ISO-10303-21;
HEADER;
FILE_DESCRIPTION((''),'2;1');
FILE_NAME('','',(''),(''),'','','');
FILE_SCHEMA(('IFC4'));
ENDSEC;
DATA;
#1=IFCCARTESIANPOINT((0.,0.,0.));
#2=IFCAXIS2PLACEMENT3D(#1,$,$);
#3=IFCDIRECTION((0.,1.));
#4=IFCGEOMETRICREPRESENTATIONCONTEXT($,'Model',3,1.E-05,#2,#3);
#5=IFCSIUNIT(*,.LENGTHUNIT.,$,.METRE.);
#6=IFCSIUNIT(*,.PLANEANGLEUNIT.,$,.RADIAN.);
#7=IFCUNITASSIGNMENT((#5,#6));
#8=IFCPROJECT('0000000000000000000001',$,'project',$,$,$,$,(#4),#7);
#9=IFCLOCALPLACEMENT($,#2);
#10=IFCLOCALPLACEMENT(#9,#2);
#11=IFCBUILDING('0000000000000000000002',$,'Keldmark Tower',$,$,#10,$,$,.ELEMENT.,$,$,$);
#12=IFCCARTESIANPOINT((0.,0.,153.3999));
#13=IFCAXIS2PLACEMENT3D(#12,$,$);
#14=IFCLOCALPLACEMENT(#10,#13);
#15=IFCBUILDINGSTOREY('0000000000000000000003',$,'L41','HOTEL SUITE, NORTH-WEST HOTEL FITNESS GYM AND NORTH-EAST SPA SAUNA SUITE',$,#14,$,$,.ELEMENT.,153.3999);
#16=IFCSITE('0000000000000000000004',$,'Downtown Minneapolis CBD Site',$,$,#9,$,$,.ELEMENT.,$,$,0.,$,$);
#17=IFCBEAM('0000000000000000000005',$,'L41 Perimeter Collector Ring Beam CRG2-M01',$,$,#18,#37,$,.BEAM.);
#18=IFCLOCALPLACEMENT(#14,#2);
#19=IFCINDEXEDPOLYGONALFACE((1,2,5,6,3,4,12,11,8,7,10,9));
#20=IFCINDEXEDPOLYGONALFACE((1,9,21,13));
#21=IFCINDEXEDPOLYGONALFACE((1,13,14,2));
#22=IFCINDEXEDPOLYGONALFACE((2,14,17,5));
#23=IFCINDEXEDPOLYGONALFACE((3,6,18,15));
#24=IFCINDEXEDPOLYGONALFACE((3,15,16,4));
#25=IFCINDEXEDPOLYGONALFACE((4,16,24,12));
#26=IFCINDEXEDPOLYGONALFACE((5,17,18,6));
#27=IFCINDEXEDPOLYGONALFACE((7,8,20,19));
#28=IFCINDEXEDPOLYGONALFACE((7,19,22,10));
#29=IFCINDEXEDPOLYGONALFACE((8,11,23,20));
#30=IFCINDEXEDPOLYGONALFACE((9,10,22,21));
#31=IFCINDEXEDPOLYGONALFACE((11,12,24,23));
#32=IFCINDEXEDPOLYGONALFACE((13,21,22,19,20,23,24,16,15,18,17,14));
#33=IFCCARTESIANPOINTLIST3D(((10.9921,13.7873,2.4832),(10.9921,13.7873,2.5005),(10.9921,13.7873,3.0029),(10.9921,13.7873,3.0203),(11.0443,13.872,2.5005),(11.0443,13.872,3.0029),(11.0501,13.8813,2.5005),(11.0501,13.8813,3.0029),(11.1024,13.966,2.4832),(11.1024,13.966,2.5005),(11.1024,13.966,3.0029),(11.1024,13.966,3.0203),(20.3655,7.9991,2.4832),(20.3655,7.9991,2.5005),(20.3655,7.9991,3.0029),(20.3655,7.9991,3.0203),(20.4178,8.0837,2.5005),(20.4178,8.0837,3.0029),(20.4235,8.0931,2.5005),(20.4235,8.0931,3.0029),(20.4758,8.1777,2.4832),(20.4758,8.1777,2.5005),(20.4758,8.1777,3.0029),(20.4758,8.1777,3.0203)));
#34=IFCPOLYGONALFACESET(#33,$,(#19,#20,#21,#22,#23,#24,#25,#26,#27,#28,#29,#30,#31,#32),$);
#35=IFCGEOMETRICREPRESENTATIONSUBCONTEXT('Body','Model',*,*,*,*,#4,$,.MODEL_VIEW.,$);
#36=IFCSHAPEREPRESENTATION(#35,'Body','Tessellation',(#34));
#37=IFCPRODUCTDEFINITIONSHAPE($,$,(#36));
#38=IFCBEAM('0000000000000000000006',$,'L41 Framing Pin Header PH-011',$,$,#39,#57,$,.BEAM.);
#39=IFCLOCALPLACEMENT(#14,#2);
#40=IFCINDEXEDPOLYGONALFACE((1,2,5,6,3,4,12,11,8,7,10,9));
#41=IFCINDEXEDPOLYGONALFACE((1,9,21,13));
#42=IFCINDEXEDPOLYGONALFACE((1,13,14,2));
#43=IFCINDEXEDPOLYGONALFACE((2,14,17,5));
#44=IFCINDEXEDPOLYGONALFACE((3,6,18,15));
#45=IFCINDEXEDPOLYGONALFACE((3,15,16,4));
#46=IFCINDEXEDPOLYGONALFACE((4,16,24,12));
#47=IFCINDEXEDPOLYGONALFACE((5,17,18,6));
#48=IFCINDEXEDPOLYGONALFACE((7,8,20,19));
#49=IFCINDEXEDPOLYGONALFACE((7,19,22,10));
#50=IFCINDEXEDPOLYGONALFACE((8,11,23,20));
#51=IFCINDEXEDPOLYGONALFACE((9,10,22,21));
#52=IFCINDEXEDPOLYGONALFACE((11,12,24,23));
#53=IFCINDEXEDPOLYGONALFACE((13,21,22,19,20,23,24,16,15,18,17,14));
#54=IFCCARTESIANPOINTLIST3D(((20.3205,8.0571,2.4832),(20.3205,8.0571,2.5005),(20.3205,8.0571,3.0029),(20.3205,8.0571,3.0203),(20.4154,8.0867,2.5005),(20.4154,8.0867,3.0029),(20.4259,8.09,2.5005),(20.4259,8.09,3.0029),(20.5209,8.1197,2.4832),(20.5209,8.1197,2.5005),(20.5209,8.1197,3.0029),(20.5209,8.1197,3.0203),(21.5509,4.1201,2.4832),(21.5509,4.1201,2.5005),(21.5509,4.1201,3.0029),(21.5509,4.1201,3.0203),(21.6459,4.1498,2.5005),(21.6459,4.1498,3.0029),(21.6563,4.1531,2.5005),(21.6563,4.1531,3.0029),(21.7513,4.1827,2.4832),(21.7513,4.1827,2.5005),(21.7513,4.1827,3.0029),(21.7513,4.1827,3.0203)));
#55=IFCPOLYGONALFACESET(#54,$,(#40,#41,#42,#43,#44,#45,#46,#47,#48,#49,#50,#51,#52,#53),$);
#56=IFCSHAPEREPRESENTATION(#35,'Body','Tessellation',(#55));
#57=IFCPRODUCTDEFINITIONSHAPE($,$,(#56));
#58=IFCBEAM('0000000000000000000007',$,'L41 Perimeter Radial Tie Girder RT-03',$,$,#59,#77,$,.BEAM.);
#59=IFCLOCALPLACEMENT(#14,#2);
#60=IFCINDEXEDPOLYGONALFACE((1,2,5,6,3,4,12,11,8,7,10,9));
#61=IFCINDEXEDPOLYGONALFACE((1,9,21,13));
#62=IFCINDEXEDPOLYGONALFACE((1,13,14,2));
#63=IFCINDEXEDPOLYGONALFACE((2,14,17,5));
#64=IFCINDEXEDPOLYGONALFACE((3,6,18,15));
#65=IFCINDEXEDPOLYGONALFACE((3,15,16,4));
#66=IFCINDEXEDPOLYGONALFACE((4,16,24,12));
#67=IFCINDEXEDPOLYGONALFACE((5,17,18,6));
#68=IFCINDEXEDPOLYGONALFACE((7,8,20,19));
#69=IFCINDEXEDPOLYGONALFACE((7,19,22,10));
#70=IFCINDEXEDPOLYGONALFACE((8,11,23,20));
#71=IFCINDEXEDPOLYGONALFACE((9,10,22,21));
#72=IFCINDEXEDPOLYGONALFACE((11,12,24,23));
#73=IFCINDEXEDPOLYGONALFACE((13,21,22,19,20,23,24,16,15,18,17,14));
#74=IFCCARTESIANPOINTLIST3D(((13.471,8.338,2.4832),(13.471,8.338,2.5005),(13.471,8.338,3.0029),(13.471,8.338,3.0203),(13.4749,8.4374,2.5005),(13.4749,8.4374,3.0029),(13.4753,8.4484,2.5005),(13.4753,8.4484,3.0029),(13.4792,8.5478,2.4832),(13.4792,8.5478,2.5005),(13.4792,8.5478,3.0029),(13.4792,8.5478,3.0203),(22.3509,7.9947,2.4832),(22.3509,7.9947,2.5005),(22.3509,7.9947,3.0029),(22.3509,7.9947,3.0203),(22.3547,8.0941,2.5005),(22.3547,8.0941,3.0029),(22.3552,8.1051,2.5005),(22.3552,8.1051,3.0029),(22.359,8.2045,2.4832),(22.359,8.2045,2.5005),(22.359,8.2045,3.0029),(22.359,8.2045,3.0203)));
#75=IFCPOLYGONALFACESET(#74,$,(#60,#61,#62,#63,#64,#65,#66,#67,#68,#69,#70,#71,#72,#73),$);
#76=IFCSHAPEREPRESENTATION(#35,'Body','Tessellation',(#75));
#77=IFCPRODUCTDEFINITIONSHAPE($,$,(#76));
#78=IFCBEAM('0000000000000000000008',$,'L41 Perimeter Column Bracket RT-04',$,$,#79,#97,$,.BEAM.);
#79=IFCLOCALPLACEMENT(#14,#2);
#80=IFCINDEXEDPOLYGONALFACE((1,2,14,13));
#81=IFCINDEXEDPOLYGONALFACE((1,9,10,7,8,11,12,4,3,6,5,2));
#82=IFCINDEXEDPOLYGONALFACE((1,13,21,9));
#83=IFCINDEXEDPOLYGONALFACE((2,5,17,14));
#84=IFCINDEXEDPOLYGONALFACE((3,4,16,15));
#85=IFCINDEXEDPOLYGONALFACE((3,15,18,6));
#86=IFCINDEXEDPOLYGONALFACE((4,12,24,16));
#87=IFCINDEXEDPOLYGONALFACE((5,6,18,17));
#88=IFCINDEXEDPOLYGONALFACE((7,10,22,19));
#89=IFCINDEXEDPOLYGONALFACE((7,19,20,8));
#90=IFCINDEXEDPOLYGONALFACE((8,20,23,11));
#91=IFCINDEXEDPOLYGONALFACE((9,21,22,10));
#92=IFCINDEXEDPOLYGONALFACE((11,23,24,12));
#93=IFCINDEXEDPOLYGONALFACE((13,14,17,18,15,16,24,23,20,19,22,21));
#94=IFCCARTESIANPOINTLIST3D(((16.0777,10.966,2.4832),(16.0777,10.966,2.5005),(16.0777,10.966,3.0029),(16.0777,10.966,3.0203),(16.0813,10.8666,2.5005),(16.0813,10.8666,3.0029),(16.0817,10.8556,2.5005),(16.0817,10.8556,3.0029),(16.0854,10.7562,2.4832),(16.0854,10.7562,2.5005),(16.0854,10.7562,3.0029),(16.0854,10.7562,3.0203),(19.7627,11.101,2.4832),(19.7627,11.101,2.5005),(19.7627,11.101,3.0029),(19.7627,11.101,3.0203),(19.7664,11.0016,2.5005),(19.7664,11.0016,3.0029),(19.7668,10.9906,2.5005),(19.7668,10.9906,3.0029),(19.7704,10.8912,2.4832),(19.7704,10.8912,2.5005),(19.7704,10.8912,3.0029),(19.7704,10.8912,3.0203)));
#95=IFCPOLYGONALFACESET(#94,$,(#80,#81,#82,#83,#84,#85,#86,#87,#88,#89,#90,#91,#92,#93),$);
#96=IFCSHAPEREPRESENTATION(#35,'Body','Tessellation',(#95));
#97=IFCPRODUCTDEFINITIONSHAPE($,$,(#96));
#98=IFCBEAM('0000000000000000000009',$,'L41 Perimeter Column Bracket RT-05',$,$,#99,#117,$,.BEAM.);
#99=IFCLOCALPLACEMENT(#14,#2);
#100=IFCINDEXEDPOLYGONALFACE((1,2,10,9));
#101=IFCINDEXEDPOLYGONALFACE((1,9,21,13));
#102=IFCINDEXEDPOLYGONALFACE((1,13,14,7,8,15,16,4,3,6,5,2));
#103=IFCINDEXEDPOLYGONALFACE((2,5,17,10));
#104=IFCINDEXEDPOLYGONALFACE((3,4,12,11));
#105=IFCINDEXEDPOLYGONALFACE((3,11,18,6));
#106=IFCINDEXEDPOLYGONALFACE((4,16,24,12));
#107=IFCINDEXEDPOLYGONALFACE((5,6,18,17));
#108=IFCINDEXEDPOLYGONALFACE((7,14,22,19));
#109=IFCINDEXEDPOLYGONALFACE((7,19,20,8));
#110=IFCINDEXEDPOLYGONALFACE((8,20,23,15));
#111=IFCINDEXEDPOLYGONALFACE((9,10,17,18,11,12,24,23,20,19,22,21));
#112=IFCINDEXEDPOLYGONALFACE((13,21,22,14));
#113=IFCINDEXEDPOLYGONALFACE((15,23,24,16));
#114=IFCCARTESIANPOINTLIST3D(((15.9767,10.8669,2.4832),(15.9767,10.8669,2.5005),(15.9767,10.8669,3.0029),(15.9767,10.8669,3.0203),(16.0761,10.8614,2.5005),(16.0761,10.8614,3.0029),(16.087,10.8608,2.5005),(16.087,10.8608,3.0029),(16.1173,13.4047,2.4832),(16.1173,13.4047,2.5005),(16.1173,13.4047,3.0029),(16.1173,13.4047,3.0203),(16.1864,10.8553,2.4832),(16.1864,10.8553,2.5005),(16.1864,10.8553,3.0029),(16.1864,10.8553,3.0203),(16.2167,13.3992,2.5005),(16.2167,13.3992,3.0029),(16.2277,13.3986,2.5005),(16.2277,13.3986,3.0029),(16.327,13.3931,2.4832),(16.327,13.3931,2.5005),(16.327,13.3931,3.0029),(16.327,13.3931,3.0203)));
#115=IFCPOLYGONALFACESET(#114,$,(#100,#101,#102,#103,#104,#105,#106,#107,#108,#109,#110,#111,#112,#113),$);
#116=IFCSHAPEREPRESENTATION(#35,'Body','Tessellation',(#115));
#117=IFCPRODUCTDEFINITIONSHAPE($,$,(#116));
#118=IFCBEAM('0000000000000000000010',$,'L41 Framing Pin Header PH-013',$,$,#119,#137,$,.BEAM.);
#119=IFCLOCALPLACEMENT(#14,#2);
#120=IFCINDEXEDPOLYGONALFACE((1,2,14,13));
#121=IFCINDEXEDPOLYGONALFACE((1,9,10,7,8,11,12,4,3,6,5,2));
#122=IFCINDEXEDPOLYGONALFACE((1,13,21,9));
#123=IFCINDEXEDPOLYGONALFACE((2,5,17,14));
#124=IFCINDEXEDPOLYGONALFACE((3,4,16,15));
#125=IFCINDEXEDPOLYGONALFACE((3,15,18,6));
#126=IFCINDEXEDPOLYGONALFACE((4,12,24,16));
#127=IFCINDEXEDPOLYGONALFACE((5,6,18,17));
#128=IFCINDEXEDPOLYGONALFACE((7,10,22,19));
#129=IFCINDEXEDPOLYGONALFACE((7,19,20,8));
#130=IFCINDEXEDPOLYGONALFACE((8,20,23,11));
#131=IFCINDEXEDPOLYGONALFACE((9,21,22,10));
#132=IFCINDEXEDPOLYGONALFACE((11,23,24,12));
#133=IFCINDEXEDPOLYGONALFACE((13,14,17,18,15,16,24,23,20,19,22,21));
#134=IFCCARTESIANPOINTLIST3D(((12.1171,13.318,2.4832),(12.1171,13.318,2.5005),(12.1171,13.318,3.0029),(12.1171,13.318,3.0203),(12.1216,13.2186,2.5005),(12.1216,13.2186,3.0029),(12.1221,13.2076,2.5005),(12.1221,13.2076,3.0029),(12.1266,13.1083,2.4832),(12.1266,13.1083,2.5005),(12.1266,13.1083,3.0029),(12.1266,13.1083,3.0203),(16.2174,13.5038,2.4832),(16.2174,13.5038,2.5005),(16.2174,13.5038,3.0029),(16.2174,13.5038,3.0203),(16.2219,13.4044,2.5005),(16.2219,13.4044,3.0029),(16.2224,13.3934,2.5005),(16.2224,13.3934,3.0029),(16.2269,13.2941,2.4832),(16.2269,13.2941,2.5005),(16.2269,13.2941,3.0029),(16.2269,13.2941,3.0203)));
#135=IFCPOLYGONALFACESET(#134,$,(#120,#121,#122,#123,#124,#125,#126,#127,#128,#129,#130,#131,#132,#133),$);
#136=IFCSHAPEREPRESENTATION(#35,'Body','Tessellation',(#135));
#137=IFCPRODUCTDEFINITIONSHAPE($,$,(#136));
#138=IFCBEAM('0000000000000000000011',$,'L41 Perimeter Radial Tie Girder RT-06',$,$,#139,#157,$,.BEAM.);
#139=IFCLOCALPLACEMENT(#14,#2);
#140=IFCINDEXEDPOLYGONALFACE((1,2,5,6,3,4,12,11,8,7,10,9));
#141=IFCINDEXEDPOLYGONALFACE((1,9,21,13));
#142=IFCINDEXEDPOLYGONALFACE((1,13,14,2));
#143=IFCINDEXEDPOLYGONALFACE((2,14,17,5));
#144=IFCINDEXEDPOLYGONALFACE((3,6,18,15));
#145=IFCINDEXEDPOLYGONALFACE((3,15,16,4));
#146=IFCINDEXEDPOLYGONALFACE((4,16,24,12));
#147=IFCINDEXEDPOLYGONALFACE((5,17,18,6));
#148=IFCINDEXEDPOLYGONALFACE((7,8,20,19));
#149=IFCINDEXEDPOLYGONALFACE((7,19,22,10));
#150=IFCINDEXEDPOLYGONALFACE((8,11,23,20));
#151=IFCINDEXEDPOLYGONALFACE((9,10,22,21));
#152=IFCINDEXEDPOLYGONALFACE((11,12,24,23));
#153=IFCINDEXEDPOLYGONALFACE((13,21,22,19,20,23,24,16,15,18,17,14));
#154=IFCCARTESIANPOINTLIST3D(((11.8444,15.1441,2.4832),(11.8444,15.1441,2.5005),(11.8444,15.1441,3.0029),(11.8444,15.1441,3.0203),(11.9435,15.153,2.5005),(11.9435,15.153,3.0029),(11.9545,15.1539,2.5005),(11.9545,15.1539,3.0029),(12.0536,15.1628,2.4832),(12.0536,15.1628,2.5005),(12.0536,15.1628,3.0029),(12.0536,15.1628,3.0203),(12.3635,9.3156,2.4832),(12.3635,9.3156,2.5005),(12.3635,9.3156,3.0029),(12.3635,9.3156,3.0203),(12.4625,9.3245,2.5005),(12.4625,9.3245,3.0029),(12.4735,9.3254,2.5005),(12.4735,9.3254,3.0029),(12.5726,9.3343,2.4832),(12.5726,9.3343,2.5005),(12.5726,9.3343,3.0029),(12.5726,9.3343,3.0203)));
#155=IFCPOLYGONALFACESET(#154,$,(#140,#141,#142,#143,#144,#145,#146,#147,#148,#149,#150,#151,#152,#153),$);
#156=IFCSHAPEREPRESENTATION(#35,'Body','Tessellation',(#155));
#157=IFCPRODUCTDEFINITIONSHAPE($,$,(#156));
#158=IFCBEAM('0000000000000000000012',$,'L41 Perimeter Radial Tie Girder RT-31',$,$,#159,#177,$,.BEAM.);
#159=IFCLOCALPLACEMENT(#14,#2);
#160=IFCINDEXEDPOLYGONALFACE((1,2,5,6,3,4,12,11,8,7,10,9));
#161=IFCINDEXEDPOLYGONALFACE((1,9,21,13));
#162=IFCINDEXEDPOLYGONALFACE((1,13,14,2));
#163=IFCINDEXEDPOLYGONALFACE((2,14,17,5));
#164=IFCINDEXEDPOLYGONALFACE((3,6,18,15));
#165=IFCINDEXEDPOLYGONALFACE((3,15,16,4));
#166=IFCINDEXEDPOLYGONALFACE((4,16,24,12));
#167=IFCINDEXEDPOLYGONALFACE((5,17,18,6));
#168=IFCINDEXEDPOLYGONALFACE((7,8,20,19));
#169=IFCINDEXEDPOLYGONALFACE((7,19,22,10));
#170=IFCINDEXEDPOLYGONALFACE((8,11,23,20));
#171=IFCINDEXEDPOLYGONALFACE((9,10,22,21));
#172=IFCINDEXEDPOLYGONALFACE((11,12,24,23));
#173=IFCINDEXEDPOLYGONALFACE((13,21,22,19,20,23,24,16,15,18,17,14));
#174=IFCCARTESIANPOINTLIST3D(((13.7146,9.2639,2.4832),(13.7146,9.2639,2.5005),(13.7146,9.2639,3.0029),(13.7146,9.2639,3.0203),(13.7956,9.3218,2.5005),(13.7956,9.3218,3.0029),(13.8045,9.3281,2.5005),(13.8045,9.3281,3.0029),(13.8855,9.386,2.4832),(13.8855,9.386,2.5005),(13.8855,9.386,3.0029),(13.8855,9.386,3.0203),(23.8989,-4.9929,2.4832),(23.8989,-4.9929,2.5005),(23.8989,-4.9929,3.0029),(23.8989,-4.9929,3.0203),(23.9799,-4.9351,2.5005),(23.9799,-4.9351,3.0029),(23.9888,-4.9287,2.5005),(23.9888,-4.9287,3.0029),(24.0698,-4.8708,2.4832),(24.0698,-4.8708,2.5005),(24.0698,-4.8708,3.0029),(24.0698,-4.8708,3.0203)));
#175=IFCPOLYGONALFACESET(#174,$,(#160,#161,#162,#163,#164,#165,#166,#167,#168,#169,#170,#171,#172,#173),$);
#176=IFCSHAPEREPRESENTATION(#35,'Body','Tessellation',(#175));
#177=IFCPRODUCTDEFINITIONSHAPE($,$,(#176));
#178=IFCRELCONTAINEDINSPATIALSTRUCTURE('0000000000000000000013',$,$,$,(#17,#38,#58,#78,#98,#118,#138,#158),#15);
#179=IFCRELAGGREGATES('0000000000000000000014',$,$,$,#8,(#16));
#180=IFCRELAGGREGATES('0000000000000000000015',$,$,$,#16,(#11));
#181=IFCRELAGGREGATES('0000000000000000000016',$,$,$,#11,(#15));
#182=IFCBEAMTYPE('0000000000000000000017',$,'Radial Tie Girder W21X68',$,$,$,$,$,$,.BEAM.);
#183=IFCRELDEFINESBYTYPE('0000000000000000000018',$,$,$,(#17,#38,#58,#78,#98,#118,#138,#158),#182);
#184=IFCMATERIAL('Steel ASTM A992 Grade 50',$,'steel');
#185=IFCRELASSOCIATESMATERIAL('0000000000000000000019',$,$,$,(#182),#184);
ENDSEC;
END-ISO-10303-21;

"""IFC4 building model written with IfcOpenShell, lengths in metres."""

from ifc_helpers import new_model, si_unit, direction, frame, origin, origin_2d, place, context, subcontext, project, spatial, i_section, extrude, material, material_profile, profile_set, type_object, element, save


model = new_model("IFC4")

# Units and contexts
model_context = context("Model", 3, precision=1e-05, world=origin(), true_north=direction((0.0, 1.0)))
body_context = subcontext(model_context, "Body", "Model", "MODEL_VIEW")
ifc_project = project(units=[si_unit("LENGTHUNIT", "METRE"), si_unit("PLANEANGLEUNIT", "RADIAN")], contexts=[model_context])

# Site, building, storey
site_placement = place(None, origin())
site = spatial("IfcSite", under=ifc_project, at=site_placement, Name="Downtown Minneapolis CBD Site", CompositionType="ELEMENT", RefElevation=0.0)
building_placement = place(site_placement, origin())
building = spatial("IfcBuilding", under=site, at=building_placement, Name="Keldmark Tower", CompositionType="ELEMENT")
storey_placement = place(building_placement, frame((0.0, 0.0, 153.3999)))
storey = spatial("IfcBuildingStorey", under=building, at=storey_placement, Name="L41", Description="HOTEL SUITE, NORTH-WEST HOTEL FITNESS GYM AND NORTH-EAST SPA SAUNA SUITE", CompositionType="ELEMENT", Elevation=153.3999)

# Beams
ifc_material_1 = material(Name="Steel ASTM A992 Grade 50", Category="steel")
ifc_material_profile_1 = material_profile(ifc_material_1, i_section(OverallWidth=0.21, OverallDepth=0.5371, WebThickness=0.011, FlangeThickness=0.0173, at=origin_2d()), Name="W21X68")
ifc_profile_set_1 = profile_set([ifc_material_profile_1], Name="Steel ASTM A992 Grade 50")
beam_type_1 = type_object("IfcBeamType", Name="Radial Tie Girder W21X68", PredefinedType="BEAM", material=ifc_profile_set_1)
beam_1_placement = place(storey_placement, frame((20.4207, 8.0884, 2.7517), z_axis=(-0.850847, 0.525414, 0.0), x_axis=(-0.525414, -0.850847, 0.0)))
element("IfcBeam", 1, at=beam_1_placement, inside=storey, type_object=beam_type_1, Name="L41 Perimeter Collector Ring Beam CRG2-M01", PredefinedType="BEAM", context=body_context, shape_type="SweptSolid", body=[
    extrude(i_section(OverallWidth=0.21, OverallDepth=0.5371, WebThickness=0.011, FlangeThickness=0.0173, at=origin_2d()), origin(), (0.0, 0.0, 1.0), 11.0166),
])
beam_2_placement = place(storey_placement, frame((20.4207, 8.0884, 2.7517), z_axis=(0.298309, -0.954469, 0.0), x_axis=(0.954469, 0.298309, 0.0)))
element("IfcBeam", 2, at=beam_2_placement, inside=storey, type_object=beam_type_1, Name="L41 Framing Pin Header PH-011", PredefinedType="BEAM", context=body_context, shape_type="SweptSolid", body=[
    extrude(i_section(OverallWidth=0.21, OverallDepth=0.5371, WebThickness=0.011, FlangeThickness=0.0173, at=origin_2d()), origin(), (0.0, 0.0, 1.0), 4.1248),
])
beam_3_placement = place(storey_placement, frame((13.4751, 8.4429, 2.7517), z_axis=(0.999254, -0.038627, 0.0), x_axis=(0.038627, 0.999254, 0.0)))
element("IfcBeam", 3, at=beam_3_placement, inside=storey, type_object=beam_type_1, Name="L41 Perimeter Radial Tie Girder RT-03", PredefinedType="BEAM", context=body_context, shape_type="SweptSolid", body=[
    extrude(i_section(OverallWidth=0.21, OverallDepth=0.5371, WebThickness=0.011, FlangeThickness=0.0173, at=origin_2d()), origin(), (0.0, 0.0, 1.0), 8.8865),
])
beam_4_placement = place(storey_placement, frame((16.0815, 10.8611, 2.7517), z_axis=(0.99933, 0.036613, 0.0), x_axis=(-0.036613, 0.99933, 0.0)))
element("IfcBeam", 4, at=beam_4_placement, inside=storey, type_object=beam_type_1, Name="L41 Perimeter Column Bracket RT-04", PredefinedType="BEAM", context=body_context, shape_type="SweptSolid", body=[
    extrude(i_section(OverallWidth=0.21, OverallDepth=0.5371, WebThickness=0.011, FlangeThickness=0.0173, at=origin_2d()), origin(), (0.0, 0.0, 1.0), 3.6875),
])
beam_5_placement = place(storey_placement, frame((16.0815, 10.8611, 2.7517), z_axis=(0.055326, 0.998468, 0.0), x_axis=(-0.998468, 0.055326, 0.0)))
element("IfcBeam", 5, at=beam_5_placement, inside=storey, type_object=beam_type_1, Name="L41 Perimeter Column Bracket RT-05", PredefinedType="BEAM", context=body_context, shape_type="SweptSolid", body=[
    extrude(i_section(OverallWidth=0.21, OverallDepth=0.5371, WebThickness=0.011, FlangeThickness=0.0173, at=origin_2d()), origin(), (0.0, 0.0, 1.0), 2.5417),
])
beam_6_placement = place(storey_placement, frame((16.2222, 13.3989, 2.7517), z_axis=(-0.998975, -0.045265, 0.0), x_axis=(0.045265, -0.998975, 0.0)))
element("IfcBeam", 6, at=beam_6_placement, inside=storey, type_object=beam_type_1, Name="L41 Framing Pin Header PH-013", PredefinedType="BEAM", context=body_context, shape_type="SweptSolid", body=[
    extrude(i_section(OverallWidth=0.21, OverallDepth=0.5371, WebThickness=0.011, FlangeThickness=0.0173, at=origin_2d()), origin(), (0.0, 0.0, 1.0), 4.1045),
])
beam_7_placement = place(storey_placement, frame((12.468, 9.325, 2.7517), z_axis=(-0.0887, 0.996058, 0.0), x_axis=(-0.996058, -0.0887, 0.0)))
element("IfcBeam", 7, at=beam_7_placement, inside=storey, type_object=beam_type_1, Name="L41 Perimeter Radial Tie Girder RT-06", PredefinedType="BEAM", context=body_context, shape_type="SweptSolid", body=[
    extrude(i_section(OverallWidth=0.21, OverallDepth=0.5371, WebThickness=0.011, FlangeThickness=0.0173, at=origin_2d()), origin(), (0.0, 0.0, 1.0), 5.8516),
])
beam_8_placement = place(storey_placement, frame((13.8, 9.325, 2.7517), z_axis=(0.581271, -0.81371, 0.0), x_axis=(0.81371, 0.581271, 0.0)))
element("IfcBeam", 8, at=beam_8_placement, inside=storey, type_object=beam_type_1, Name="L41 Perimeter Radial Tie Girder RT-31", PredefinedType="BEAM", context=body_context, shape_type="SweptSolid", body=[
    extrude(i_section(OverallWidth=0.21, OverallDepth=0.5371, WebThickness=0.011, FlangeThickness=0.0173, at=origin_2d()), origin(), (0.0, 0.0, 1.0), 17.5208),
])

save(model, "model.ifc")
